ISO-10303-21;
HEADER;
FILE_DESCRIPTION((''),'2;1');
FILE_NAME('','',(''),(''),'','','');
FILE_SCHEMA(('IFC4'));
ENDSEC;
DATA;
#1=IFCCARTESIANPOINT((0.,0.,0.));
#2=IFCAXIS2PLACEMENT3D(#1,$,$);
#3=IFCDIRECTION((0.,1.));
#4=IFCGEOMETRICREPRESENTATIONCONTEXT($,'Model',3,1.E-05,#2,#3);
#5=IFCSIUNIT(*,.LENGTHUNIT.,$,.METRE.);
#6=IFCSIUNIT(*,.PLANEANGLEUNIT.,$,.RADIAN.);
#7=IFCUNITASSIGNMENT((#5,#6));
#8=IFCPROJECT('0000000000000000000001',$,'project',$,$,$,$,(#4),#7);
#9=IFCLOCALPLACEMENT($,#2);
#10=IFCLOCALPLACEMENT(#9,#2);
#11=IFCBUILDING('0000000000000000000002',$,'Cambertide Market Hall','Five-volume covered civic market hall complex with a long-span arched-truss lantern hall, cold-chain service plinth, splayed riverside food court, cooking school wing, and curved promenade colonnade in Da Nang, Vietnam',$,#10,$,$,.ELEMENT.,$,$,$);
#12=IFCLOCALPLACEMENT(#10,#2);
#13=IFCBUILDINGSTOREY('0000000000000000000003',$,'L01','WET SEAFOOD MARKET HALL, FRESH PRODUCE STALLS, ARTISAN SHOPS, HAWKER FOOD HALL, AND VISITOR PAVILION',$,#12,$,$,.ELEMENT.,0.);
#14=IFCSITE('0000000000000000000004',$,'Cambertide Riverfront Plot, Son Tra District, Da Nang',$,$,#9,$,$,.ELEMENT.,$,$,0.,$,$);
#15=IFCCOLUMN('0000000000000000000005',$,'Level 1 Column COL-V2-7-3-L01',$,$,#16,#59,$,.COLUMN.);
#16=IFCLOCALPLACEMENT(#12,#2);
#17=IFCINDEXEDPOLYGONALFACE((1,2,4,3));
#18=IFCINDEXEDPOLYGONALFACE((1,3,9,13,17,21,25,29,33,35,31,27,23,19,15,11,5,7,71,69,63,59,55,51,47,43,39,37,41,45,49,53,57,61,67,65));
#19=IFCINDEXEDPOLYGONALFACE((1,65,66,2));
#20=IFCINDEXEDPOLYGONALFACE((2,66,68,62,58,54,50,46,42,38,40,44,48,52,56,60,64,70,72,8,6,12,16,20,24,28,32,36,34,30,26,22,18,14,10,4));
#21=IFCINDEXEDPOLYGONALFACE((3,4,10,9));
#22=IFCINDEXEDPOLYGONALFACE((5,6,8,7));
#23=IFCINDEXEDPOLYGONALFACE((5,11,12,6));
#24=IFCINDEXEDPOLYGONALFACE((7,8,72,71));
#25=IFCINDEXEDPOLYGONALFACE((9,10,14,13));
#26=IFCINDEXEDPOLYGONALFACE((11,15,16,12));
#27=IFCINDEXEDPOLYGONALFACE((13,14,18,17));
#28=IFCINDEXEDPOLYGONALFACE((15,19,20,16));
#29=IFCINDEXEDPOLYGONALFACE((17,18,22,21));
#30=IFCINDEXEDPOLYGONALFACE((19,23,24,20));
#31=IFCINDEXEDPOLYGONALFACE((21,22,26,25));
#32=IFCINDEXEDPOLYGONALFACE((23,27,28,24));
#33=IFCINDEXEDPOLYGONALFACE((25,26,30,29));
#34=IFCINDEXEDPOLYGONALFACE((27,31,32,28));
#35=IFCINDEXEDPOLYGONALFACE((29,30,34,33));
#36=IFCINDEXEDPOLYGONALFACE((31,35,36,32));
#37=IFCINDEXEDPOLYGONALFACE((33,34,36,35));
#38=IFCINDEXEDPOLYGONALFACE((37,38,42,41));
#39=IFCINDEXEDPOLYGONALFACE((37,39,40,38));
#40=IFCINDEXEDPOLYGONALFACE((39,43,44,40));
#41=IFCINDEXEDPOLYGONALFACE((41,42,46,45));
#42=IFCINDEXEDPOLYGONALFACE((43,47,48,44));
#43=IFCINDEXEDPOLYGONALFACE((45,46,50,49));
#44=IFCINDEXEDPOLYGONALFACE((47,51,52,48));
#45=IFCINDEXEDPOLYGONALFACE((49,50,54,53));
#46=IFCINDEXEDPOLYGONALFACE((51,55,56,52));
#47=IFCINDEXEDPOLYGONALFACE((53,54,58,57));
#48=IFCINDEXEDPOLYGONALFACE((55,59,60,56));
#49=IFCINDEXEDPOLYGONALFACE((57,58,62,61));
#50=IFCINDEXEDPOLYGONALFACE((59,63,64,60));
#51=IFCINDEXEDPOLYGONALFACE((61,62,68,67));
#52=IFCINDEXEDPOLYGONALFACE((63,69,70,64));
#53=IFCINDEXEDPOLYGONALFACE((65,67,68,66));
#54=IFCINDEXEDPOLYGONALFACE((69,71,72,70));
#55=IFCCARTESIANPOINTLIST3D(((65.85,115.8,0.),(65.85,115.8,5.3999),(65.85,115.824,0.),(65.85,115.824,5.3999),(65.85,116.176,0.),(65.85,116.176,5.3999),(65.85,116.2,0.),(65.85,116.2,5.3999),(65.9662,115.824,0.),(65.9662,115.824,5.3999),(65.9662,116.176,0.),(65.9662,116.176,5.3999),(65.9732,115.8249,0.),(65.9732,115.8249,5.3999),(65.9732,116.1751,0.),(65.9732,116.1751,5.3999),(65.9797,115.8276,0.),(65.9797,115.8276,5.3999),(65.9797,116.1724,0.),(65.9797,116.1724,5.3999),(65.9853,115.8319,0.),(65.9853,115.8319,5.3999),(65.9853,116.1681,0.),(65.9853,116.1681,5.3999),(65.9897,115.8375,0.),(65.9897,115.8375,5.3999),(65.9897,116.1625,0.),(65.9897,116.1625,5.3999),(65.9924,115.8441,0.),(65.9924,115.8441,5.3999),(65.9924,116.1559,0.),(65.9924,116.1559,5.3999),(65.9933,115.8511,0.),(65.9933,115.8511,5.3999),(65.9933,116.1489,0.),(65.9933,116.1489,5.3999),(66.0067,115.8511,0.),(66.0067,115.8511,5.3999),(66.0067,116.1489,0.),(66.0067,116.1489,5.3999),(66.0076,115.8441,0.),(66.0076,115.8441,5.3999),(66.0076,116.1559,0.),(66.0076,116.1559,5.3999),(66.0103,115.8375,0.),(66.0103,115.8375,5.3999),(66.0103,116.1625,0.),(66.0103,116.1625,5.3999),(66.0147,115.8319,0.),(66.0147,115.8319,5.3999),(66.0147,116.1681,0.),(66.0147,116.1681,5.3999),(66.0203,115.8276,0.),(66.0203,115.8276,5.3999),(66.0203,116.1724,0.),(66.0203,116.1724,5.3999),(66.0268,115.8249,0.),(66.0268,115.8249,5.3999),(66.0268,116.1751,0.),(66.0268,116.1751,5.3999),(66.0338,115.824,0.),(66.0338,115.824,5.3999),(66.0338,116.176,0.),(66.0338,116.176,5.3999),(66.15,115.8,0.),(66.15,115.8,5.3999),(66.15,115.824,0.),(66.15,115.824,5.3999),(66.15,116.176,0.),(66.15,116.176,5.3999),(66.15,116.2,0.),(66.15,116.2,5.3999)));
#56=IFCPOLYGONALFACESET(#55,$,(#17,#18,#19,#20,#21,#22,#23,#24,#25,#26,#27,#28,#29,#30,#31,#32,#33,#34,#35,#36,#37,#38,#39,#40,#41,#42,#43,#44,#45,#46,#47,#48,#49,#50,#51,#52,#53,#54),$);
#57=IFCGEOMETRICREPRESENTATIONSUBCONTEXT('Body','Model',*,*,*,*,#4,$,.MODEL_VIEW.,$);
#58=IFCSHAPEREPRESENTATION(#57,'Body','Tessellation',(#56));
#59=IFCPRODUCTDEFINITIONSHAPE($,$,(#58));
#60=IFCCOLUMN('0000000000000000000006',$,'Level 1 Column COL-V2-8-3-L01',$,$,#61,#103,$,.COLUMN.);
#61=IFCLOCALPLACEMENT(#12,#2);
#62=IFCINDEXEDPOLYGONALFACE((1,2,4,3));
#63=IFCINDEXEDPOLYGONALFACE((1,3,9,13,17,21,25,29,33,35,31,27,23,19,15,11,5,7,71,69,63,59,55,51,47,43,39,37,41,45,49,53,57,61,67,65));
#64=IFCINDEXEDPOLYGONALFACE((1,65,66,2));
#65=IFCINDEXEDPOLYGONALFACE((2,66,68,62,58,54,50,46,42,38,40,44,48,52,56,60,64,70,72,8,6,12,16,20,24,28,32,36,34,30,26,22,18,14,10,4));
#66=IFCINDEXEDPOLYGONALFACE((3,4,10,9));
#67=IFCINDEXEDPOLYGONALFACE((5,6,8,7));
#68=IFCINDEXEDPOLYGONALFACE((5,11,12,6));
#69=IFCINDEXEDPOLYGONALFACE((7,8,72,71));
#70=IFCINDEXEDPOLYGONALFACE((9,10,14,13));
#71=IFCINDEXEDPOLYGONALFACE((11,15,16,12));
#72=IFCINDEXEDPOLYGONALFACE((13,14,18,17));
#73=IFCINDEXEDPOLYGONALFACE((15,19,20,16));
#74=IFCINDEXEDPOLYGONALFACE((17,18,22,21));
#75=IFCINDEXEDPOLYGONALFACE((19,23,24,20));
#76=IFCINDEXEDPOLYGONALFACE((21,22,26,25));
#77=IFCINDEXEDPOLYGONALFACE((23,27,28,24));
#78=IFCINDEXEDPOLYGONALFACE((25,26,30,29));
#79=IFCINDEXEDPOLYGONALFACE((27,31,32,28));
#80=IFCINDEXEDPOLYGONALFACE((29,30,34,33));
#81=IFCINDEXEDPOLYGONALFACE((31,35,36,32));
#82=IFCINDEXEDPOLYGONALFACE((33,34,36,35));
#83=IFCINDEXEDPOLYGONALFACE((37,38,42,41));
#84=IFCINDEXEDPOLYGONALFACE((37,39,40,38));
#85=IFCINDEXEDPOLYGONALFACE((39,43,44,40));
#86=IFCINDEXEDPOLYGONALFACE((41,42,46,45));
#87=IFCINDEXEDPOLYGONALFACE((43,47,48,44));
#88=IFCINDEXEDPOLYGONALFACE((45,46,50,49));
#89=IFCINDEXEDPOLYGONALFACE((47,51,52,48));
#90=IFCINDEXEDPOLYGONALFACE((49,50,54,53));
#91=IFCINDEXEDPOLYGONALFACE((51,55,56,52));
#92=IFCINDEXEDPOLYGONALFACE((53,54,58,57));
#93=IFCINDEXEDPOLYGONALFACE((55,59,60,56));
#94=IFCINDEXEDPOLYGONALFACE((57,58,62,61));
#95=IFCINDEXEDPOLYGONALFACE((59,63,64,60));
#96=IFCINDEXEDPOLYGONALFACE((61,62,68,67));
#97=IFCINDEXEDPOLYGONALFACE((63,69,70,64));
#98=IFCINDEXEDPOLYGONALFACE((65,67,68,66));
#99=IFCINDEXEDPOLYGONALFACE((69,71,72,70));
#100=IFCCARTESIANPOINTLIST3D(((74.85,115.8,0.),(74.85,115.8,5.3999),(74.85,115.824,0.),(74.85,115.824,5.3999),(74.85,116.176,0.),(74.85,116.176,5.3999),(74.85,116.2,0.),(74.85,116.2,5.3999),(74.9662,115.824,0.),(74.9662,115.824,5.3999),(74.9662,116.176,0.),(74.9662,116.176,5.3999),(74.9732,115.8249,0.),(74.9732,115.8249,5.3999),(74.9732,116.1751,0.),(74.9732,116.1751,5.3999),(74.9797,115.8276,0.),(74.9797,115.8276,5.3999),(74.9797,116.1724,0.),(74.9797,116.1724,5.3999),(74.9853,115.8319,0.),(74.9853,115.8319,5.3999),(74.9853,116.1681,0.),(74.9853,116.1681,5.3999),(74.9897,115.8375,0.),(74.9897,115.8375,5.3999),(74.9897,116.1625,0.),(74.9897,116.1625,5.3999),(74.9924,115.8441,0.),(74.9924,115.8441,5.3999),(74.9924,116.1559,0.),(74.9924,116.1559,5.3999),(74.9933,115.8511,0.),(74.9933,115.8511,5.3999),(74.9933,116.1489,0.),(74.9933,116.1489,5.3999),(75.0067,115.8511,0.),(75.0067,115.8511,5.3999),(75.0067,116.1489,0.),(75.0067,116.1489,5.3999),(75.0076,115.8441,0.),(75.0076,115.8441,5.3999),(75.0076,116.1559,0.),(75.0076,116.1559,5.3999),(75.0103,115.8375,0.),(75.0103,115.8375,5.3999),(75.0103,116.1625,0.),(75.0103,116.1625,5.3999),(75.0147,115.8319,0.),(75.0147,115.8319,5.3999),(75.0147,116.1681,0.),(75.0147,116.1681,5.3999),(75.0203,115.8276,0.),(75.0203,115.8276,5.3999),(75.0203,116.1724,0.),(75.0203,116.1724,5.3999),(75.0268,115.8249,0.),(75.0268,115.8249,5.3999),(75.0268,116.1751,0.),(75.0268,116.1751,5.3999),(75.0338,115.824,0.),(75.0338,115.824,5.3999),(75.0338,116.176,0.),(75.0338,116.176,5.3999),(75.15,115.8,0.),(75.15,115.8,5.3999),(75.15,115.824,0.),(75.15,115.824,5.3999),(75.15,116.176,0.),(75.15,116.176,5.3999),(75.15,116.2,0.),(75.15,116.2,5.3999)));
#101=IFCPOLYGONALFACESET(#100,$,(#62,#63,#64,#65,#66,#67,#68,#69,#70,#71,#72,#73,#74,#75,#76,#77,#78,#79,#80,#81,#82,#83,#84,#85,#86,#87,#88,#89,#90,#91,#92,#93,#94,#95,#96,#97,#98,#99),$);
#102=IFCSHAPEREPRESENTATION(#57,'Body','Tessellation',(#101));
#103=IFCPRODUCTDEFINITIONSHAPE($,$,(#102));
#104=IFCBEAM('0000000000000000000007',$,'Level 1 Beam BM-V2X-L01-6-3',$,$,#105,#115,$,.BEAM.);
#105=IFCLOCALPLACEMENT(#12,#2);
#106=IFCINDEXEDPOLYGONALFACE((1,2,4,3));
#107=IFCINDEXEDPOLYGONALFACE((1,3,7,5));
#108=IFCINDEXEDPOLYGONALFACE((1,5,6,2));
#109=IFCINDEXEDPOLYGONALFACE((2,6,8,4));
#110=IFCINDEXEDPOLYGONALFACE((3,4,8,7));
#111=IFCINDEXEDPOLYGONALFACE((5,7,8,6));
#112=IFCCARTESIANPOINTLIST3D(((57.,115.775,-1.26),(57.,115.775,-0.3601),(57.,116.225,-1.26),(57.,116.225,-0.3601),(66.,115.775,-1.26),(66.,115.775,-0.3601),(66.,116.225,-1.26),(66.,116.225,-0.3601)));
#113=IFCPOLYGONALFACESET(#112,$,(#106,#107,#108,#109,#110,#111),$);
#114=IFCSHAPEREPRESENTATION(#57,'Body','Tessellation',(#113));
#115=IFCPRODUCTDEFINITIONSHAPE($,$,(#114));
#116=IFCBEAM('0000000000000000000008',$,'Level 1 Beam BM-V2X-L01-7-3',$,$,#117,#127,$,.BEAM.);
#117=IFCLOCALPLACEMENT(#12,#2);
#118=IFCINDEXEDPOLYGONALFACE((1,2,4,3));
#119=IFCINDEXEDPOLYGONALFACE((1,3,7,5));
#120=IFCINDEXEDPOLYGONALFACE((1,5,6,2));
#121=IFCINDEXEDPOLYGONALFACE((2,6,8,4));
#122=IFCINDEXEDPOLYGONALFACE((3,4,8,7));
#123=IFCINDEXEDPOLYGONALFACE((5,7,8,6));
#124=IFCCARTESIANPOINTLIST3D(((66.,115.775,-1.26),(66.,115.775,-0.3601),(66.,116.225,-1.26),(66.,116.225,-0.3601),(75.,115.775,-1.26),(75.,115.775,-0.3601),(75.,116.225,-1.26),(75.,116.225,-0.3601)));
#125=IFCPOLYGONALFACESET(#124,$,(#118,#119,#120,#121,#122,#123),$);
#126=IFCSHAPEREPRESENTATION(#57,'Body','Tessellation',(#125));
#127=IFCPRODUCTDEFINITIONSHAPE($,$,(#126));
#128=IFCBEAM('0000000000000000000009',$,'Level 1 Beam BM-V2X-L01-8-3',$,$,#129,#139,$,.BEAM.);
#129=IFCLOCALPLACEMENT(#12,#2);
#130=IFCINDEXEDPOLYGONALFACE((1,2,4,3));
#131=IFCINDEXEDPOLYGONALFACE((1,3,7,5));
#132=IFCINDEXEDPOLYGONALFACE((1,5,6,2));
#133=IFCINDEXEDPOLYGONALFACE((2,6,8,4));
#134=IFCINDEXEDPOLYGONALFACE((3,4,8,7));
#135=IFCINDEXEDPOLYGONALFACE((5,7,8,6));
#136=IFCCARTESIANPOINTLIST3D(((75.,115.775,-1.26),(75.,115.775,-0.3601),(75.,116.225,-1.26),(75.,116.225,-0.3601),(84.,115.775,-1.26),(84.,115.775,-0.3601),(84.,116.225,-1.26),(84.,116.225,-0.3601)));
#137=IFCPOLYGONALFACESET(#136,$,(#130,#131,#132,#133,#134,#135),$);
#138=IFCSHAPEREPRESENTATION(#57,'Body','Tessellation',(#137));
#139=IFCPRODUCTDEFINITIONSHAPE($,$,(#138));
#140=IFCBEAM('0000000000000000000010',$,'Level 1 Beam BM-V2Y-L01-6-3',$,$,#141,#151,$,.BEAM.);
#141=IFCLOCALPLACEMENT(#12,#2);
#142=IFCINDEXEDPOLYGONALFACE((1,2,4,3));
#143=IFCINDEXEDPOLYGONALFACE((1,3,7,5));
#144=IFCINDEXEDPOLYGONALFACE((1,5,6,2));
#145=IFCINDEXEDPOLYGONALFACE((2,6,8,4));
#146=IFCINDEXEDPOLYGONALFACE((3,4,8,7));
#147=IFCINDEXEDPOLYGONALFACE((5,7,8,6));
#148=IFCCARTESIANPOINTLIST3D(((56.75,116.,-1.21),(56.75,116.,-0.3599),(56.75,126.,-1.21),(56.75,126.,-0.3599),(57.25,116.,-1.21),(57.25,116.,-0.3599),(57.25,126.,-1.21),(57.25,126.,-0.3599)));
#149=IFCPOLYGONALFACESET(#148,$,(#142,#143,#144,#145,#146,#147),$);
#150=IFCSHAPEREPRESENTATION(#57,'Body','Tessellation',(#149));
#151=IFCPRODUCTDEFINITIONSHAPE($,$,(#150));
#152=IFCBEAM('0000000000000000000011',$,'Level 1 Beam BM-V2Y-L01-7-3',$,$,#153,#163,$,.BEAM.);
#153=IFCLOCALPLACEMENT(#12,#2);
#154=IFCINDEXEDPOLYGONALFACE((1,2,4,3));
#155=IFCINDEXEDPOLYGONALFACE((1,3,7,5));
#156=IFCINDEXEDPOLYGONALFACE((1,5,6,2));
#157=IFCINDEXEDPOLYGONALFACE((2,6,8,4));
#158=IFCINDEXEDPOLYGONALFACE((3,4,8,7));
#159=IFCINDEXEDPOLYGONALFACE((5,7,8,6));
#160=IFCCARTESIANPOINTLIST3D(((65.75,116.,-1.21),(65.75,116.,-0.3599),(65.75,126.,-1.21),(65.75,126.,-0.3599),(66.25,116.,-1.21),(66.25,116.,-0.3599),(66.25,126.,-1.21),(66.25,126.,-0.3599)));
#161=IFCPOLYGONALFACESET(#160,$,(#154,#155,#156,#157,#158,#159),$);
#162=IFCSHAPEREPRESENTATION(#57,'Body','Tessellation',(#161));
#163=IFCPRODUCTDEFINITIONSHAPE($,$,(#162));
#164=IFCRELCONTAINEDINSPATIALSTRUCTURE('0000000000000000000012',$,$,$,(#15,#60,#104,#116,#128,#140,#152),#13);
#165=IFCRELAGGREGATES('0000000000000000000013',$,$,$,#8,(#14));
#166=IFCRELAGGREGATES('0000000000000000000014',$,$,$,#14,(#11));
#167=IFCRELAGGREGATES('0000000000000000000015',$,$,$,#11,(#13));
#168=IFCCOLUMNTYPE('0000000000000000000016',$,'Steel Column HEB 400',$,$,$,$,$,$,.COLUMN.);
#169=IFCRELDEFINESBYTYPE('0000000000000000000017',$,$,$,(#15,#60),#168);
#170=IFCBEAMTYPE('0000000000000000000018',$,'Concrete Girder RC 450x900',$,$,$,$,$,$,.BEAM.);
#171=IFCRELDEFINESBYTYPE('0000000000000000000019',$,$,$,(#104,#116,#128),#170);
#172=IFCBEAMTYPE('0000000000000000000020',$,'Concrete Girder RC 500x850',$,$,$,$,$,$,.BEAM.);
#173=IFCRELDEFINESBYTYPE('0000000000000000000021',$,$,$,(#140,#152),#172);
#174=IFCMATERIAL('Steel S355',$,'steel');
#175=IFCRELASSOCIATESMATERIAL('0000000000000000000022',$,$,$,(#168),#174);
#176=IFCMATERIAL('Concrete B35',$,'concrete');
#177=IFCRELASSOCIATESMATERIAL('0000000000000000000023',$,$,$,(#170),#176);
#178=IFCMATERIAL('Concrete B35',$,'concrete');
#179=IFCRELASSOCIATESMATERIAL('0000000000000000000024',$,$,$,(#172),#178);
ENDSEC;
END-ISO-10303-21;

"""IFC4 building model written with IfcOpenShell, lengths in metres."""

from ifc_helpers import new_model, si_unit, direction, frame, origin, origin_2d, place, context, subcontext, project, spatial, rectangle, i_section, extrude, material, material_profile, profile_set, type_object, element, save


model = new_model("IFC4")

# Units and contexts
model_context = context("Model", 3, precision=1e-05, world=origin(), true_north=direction((0.0, 1.0)))
body_context = subcontext(model_context, "Body", "Model", "MODEL_VIEW")
ifc_project = project(units=[si_unit("LENGTHUNIT", "METRE"), si_unit("PLANEANGLEUNIT", "RADIAN")], contexts=[model_context])

# Site, building, storey
site_placement = place(None, origin())
site = spatial("IfcSite", under=ifc_project, at=site_placement, Name="Cambertide Riverfront Plot, Son Tra District, Da Nang", CompositionType="ELEMENT", RefElevation=0.0)
building_placement = place(site_placement, origin())
building = spatial("IfcBuilding", under=site, at=building_placement, Name="Cambertide Market Hall", Description="Five-volume covered civic market hall complex with a long-span arched-truss lantern hall, cold-chain service plinth, splayed riverside food court, cooking school wing, and curved promenade colonnade in Da Nang, Vietnam", CompositionType="ELEMENT")
storey_placement = place(building_placement, origin())
storey = spatial("IfcBuildingStorey", under=building, at=storey_placement, Name="L01", Description="WET SEAFOOD MARKET HALL, FRESH PRODUCE STALLS, ARTISAN SHOPS, HAWKER FOOD HALL, AND VISITOR PAVILION", CompositionType="ELEMENT", Elevation=0.0)

# Columns
ifc_material_1 = material(Name="Steel S355", Category="steel")
ifc_material_profile_1 = material_profile(ifc_material_1, i_section(OverallWidth=0.3, OverallDepth=0.3999, WebThickness=0.0134, FlangeThickness=0.0239, FilletRadius=0.0271, at=origin_2d()), Name="HEB 400")
ifc_profile_set_1 = profile_set([ifc_material_profile_1], Name="Steel S355")
column_type_1 = type_object("IfcColumnType", Name="Steel Column HEB 400", PredefinedType="COLUMN", material=ifc_profile_set_1)
for number, where, z_axis, x_axis, name in (
    (1, (66.0, 116.0, 0.0), (0.0, 0.0, 1.0), (1.0, 0.0, 0.0), "Level 1 Column COL-V2-7-3-L01"),
    (2, (75.0, 116.0, 0.0), (0.0, 0.0, 1.0), (1.0, 0.0, 0.0), "Level 1 Column COL-V2-8-3-L01"),
):
    element("IfcColumn", number, at=place(storey_placement, frame(where, z_axis=z_axis, x_axis=x_axis)), inside=storey, type_object=column_type_1, Name=name, PredefinedType="COLUMN", context=body_context, shape_type="SweptSolid", body=[
        extrude(i_section(OverallWidth=0.3, OverallDepth=0.3999, WebThickness=0.0134, FlangeThickness=0.0239, FilletRadius=0.0271, at=origin_2d()), origin(), (0.0, 0.0, 1.0), 5.3999),
    ])

# Beams
ifc_material_2 = material(Name="Concrete B35", Category="concrete")
ifc_material_profile_2 = material_profile(ifc_material_2, rectangle(XDim=0.45, YDim=0.8999, at=origin_2d()), Name="RC 450x900")
ifc_profile_set_2 = profile_set([ifc_material_profile_2], Name="Concrete B35")
beam_type_1 = type_object("IfcBeamType", Name="Concrete Girder RC 450x900", PredefinedType="BEAM", material=ifc_profile_set_2)
for number, where, z_axis, x_axis, name in (
    (3, (57.0, 116.0, -0.8101), (1.0, 0.0, 0.0), (0.0, 1.0, 0.0), "Level 1 Beam BM-V2X-L01-6-3"),
    (4, (66.0, 116.0, -0.8101), (1.0, 0.0, 0.0), (0.0, 1.0, 0.0), "Level 1 Beam BM-V2X-L01-7-3"),
    (5, (75.0, 116.0, -0.8101), (1.0, 0.0, 0.0), (0.0, 1.0, 0.0), "Level 1 Beam BM-V2X-L01-8-3"),
):
    element("IfcBeam", number, at=place(storey_placement, frame(where, z_axis=z_axis, x_axis=x_axis)), inside=storey, type_object=beam_type_1, Name=name, PredefinedType="BEAM", context=body_context, shape_type="SweptSolid", body=[
        extrude(rectangle(XDim=0.45, YDim=0.8999, at=origin_2d()), origin(), (0.0, 0.0, 1.0), 9.0),
    ])
ifc_material_3 = material(Name="Concrete B35", Category="concrete")
ifc_material_profile_3 = material_profile(ifc_material_3, rectangle(XDim=0.5, YDim=0.8501, at=origin_2d()), Name="RC 500x850")
ifc_profile_set_3 = profile_set([ifc_material_profile_3], Name="Concrete B35")
beam_type_2 = type_object("IfcBeamType", Name="Concrete Girder RC 500x850", PredefinedType="BEAM", material=ifc_profile_set_3)
for number, where, z_axis, x_axis, name in (
    (6, (57.0, 116.0, -0.7849), (0.0, 1.0, 0.0), (-1.0, 0.0, 0.0), "Level 1 Beam BM-V2Y-L01-6-3"),
    (7, (66.0, 116.0, -0.7849), (0.0, 1.0, 0.0), (-1.0, 0.0, 0.0), "Level 1 Beam BM-V2Y-L01-7-3"),
):
    element("IfcBeam", number, at=place(storey_placement, frame(where, z_axis=z_axis, x_axis=x_axis)), inside=storey, type_object=beam_type_2, Name=name, PredefinedType="BEAM", context=body_context, shape_type="SweptSolid", body=[
        extrude(rectangle(XDim=0.5, YDim=0.8501, at=origin_2d()), origin(), (0.0, 0.0, 1.0), 10.0),
    ])

save(model, "model.ifc")
